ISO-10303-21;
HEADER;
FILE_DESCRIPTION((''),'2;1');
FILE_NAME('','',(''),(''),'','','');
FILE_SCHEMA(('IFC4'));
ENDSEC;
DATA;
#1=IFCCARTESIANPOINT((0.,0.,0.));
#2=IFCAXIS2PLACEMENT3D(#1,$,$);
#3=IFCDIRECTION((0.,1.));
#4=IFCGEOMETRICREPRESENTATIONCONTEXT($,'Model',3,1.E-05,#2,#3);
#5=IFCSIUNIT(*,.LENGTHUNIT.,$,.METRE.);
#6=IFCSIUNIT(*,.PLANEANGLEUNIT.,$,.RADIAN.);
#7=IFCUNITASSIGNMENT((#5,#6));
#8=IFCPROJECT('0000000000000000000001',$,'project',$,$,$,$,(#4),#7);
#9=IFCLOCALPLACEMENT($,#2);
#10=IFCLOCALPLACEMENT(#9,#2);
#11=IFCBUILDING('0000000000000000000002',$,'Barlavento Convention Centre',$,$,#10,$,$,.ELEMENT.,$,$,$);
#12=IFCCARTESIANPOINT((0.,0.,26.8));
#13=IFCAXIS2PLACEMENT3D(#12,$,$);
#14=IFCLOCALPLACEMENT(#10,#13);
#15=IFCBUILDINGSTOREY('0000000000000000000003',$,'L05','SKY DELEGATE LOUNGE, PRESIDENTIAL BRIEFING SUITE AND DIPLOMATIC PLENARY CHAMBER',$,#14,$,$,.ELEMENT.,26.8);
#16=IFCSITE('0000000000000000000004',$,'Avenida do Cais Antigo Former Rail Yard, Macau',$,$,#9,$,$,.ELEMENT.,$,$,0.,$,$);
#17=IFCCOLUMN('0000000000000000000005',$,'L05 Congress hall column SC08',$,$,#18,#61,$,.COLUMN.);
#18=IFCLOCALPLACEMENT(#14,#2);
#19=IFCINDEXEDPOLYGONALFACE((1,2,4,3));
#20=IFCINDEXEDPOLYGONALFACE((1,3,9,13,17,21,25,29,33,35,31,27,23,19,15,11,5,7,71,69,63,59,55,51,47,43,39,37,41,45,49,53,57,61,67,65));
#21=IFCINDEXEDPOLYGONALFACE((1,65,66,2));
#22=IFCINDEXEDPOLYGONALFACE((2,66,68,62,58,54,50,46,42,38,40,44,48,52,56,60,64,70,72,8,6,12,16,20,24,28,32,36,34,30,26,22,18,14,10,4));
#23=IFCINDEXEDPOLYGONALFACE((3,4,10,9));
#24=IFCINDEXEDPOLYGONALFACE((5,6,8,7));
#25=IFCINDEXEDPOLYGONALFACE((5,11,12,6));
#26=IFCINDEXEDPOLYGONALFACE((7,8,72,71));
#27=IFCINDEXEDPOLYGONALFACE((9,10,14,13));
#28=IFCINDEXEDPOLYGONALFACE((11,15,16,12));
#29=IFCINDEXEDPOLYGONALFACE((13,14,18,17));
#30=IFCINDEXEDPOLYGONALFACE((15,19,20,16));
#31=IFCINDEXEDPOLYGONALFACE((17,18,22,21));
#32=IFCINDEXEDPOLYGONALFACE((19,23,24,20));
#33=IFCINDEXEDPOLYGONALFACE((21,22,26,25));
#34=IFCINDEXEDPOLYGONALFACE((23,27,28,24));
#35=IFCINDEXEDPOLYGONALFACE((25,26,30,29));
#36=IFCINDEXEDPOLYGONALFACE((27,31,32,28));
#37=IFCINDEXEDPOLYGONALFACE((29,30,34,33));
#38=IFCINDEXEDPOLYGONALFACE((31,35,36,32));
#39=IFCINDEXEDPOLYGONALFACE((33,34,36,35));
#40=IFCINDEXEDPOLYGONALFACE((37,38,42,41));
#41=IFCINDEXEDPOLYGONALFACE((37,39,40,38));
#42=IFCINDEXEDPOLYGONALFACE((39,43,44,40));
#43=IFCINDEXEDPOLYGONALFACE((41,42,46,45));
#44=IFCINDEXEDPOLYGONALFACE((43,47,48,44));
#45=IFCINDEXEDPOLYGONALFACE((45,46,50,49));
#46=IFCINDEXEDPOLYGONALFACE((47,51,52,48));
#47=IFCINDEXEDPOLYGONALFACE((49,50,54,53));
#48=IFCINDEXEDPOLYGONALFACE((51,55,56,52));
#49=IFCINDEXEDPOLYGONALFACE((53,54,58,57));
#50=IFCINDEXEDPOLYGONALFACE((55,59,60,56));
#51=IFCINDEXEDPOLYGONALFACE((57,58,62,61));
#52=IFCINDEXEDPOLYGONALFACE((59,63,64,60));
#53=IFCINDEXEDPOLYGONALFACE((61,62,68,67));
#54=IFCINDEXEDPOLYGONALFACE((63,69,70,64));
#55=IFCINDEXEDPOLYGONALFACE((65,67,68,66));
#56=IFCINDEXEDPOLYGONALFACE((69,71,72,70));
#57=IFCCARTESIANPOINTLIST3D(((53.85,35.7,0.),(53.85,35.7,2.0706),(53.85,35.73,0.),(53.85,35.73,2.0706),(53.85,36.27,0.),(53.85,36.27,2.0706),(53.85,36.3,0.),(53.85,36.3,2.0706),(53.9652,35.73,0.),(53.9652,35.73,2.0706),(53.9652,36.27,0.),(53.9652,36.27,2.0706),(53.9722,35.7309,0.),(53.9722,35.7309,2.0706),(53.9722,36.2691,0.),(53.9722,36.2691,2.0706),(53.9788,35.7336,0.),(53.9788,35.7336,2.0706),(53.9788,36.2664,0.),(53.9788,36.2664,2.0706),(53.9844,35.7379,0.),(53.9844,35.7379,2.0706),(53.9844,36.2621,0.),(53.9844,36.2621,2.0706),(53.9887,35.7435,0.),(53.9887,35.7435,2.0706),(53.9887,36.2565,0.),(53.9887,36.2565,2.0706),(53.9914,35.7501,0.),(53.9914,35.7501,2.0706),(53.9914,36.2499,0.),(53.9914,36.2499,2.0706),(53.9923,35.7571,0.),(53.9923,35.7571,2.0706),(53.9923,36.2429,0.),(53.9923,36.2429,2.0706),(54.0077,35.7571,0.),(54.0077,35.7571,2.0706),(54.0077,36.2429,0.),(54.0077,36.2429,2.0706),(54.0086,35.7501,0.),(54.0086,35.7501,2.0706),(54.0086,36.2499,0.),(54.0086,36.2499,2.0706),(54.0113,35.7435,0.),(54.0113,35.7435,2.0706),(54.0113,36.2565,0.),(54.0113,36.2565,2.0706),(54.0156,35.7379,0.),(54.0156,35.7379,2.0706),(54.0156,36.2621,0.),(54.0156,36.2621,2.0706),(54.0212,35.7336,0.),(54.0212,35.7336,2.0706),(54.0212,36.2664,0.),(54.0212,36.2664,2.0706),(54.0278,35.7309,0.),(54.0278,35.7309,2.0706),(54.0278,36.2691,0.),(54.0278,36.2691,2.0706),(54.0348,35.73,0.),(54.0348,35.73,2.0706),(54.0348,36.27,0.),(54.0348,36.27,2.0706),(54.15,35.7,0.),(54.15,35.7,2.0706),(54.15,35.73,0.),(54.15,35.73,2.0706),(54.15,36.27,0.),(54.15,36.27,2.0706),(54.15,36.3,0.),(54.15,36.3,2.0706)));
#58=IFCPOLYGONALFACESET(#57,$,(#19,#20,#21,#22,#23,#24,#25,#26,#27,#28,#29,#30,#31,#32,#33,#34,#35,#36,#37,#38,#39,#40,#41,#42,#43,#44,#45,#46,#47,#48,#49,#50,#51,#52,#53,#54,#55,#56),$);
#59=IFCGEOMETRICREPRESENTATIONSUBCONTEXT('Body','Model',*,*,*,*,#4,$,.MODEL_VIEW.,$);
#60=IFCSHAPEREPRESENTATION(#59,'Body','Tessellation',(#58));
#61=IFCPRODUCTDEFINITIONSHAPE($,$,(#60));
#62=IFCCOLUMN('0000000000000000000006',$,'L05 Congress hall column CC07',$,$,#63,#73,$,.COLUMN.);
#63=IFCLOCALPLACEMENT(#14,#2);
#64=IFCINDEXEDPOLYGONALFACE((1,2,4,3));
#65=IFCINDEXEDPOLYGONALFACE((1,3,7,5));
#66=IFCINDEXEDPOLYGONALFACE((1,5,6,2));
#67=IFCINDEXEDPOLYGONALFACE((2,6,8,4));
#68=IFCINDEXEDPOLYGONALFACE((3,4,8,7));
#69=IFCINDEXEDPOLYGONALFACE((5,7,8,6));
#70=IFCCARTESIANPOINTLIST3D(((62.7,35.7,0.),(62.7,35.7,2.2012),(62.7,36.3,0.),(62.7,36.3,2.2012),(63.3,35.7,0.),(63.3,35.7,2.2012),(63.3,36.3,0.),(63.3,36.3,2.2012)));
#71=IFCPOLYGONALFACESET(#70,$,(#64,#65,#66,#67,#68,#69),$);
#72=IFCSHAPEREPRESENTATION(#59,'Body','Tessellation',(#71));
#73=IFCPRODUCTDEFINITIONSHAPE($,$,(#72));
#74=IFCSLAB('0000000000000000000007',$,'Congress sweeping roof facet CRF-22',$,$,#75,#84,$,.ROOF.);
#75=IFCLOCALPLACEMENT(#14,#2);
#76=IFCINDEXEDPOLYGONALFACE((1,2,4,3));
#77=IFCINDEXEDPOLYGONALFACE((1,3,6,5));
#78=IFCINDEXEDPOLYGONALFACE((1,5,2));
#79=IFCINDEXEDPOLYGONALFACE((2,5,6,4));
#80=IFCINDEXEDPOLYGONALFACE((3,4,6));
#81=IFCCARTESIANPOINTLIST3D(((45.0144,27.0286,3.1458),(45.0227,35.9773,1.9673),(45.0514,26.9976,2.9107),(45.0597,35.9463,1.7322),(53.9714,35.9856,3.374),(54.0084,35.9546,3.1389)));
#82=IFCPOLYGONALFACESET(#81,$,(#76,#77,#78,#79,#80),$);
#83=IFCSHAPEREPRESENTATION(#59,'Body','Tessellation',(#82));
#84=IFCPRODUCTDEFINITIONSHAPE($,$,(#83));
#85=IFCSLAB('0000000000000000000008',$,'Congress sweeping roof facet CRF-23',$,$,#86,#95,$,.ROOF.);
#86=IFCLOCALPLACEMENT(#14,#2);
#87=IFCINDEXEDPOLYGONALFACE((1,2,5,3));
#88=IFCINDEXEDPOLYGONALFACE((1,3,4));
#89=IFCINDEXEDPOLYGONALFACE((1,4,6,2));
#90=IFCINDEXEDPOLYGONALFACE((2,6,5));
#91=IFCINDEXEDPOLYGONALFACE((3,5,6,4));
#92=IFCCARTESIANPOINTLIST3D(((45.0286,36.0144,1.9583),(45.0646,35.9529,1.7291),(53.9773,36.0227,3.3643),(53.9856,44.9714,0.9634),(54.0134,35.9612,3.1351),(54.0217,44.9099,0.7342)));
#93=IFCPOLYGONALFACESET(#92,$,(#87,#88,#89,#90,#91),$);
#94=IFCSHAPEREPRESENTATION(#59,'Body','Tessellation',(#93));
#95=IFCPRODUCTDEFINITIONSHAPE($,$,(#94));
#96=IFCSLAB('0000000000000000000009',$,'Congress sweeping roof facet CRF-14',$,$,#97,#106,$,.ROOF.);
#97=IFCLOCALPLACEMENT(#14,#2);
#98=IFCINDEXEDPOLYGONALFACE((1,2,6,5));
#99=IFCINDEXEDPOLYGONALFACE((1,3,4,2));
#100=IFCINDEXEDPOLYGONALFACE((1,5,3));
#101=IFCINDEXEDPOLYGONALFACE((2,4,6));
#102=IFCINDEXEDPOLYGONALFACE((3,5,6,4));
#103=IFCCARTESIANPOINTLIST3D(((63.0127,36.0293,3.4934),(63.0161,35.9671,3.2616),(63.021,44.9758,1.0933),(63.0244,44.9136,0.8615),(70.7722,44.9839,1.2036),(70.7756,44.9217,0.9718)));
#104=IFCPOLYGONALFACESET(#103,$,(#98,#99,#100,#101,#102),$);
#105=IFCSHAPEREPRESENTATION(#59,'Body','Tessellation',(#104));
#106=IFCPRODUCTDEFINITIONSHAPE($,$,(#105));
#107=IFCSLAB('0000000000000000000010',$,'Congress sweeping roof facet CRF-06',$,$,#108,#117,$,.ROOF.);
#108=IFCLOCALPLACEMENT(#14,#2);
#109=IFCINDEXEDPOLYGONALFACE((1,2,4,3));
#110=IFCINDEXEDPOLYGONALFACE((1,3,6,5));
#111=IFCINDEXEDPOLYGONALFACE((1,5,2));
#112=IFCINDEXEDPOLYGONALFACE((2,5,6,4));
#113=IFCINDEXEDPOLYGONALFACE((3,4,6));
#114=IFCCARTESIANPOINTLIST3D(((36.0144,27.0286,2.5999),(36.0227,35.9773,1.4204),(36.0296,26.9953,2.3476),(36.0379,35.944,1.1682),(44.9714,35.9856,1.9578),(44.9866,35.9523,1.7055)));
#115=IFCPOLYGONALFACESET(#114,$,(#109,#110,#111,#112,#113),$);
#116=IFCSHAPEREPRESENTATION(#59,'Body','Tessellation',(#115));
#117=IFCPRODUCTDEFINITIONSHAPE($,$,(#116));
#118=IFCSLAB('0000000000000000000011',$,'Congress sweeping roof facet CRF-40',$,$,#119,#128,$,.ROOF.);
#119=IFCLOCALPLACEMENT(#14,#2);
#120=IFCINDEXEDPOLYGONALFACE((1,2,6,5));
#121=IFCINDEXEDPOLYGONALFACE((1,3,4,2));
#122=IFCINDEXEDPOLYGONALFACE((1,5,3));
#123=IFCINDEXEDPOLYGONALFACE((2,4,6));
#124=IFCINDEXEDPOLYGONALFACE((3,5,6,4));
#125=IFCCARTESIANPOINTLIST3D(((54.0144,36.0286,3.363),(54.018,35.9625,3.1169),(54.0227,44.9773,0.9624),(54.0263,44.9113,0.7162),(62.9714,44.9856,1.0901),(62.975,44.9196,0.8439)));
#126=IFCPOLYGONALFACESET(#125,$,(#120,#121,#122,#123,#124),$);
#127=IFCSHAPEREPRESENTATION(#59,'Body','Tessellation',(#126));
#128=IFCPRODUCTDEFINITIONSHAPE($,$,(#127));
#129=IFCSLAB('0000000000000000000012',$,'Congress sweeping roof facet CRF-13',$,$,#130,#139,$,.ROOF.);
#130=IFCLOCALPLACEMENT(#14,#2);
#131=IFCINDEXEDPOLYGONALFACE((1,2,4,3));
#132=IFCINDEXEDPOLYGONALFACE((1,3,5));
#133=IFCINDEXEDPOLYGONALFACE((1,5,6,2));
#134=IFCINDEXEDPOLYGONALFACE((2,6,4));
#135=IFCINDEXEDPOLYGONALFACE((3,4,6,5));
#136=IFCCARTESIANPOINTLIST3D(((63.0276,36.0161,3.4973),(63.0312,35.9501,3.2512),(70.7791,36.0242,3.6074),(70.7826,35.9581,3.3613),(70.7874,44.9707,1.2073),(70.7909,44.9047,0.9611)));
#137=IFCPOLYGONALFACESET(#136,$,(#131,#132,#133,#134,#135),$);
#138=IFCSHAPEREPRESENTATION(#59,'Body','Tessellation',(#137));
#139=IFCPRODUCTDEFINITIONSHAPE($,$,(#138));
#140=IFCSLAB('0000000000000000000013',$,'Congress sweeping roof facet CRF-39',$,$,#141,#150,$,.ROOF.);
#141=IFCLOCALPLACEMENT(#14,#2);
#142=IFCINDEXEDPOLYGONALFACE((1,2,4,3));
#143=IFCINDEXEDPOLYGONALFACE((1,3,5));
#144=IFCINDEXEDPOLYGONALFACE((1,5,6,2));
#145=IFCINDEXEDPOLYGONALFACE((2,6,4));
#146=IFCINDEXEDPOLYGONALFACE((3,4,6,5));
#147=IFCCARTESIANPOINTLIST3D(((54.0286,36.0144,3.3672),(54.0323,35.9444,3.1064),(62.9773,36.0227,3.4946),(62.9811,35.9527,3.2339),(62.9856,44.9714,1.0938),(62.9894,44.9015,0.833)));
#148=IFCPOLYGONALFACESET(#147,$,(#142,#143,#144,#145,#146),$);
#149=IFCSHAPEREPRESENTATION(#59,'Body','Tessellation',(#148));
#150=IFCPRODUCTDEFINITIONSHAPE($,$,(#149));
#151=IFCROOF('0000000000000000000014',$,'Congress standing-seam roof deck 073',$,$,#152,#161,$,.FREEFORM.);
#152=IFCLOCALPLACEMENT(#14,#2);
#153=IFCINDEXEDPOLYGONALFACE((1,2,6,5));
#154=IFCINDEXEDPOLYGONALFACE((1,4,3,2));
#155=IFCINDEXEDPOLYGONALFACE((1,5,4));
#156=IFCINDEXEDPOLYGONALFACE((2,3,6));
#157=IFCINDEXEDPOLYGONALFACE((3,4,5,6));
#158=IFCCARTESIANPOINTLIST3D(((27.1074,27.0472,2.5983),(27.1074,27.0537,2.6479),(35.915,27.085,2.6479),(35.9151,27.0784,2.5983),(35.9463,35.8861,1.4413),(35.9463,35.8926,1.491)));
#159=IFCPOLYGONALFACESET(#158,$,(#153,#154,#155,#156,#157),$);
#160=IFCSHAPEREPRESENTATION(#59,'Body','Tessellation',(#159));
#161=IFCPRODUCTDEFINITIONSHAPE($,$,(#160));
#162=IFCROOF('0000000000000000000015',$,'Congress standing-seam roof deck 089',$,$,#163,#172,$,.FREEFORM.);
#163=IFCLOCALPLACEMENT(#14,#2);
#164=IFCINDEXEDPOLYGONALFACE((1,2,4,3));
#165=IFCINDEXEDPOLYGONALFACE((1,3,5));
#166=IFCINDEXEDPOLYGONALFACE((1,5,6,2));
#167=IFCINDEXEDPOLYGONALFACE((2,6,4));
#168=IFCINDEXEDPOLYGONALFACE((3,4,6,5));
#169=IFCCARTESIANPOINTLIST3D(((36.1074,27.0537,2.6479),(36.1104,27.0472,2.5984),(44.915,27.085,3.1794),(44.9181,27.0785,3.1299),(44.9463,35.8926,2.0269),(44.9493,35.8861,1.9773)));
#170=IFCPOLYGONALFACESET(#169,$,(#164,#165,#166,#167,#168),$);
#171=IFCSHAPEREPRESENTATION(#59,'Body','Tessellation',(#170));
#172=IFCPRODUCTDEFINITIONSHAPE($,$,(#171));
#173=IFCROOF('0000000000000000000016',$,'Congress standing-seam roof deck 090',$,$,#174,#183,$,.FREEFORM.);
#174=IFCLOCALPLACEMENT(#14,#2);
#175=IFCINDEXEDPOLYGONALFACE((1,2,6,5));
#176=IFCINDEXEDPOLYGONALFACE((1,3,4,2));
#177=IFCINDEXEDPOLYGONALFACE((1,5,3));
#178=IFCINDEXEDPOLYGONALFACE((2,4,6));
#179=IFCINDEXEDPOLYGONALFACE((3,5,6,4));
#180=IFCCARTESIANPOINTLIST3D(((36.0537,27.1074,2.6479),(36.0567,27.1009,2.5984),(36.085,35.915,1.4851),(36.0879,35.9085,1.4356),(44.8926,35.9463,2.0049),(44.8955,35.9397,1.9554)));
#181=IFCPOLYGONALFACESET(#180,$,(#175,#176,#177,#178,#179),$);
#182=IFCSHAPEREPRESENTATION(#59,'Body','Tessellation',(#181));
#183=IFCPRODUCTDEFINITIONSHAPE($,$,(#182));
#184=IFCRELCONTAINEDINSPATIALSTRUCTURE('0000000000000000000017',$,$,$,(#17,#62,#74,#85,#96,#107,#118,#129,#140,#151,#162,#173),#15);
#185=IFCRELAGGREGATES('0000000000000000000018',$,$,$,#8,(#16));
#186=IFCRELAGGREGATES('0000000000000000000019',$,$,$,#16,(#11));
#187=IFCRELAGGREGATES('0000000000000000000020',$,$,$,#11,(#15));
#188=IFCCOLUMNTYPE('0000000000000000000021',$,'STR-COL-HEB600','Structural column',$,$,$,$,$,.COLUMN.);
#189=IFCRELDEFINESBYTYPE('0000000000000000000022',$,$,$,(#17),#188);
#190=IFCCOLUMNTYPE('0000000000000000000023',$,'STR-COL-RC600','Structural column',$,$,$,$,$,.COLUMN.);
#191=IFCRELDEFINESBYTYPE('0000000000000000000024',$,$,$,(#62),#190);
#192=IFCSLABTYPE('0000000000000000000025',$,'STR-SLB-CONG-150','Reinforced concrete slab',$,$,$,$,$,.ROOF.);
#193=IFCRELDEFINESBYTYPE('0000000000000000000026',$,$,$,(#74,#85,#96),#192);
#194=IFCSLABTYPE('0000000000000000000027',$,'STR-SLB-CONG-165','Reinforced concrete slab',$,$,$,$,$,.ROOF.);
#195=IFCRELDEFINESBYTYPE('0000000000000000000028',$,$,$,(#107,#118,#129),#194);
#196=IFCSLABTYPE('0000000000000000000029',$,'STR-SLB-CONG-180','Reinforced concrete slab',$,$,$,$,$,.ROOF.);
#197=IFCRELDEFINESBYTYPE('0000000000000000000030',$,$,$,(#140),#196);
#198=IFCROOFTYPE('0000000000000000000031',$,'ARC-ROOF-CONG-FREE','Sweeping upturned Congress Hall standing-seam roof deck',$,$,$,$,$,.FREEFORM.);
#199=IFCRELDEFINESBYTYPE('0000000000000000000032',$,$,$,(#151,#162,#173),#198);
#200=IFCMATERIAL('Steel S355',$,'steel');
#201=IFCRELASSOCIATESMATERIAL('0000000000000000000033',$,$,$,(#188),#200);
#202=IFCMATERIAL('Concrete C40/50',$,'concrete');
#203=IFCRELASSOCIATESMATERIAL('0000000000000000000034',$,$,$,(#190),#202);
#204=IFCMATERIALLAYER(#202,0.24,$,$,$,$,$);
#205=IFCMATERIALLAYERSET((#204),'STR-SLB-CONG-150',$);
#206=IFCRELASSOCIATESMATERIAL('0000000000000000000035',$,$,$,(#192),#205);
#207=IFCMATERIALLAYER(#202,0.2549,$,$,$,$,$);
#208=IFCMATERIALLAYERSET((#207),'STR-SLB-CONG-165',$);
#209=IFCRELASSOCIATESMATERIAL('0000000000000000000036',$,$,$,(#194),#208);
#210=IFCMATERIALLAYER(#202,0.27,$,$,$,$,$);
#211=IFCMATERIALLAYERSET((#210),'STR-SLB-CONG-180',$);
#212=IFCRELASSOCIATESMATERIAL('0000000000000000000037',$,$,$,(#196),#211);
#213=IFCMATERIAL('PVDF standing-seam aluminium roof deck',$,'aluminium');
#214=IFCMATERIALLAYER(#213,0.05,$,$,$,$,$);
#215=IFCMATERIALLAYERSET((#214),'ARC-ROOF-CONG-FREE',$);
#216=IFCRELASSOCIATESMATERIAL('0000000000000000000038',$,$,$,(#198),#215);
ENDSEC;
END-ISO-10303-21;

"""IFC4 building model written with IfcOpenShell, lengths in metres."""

from ifc_helpers import new_model, si_unit, direction, frame, origin, origin_2d, place, context, subcontext, project, spatial, polyline, rectangle, i_section, outline, extrude, material, layer, layer_set, material_profile, profile_set, type_object, element, save


model = new_model("IFC4")

# Units and contexts
model_context = context("Model", 3, precision=1e-05, world=origin(), true_north=direction((0.0, 1.0)))
body_context = subcontext(model_context, "Body", "Model", "MODEL_VIEW")
ifc_project = project(units=[si_unit("LENGTHUNIT", "METRE"), si_unit("PLANEANGLEUNIT", "RADIAN")], contexts=[model_context])

# Site, building, storey
site_placement = place(None, origin())
site = spatial("IfcSite", under=ifc_project, at=site_placement, Name="Avenida do Cais Antigo Former Rail Yard, Macau", CompositionType="ELEMENT", RefElevation=0.0)
building_placement = place(site_placement, origin())
building = spatial("IfcBuilding", under=site, at=building_placement, Name="Barlavento Convention Centre", CompositionType="ELEMENT")
storey_placement = place(building_placement, frame((0.0, 0.0, 26.8)))
storey = spatial("IfcBuildingStorey", under=building, at=storey_placement, Name="L05", Description="SKY DELEGATE LOUNGE, PRESIDENTIAL BRIEFING SUITE AND DIPLOMATIC PLENARY CHAMBER", CompositionType="ELEMENT", Elevation=26.8)

# Columns
ifc_material_1 = material(Name="Steel S355", Category="steel")
ifc_material_profile_1 = material_profile(ifc_material_1, i_section(OverallWidth=0.3, OverallDepth=0.6001, WebThickness=0.0154, FlangeThickness=0.03, FilletRadius=0.0271, at=origin_2d()), Name="HEB 600")
ifc_profile_set_1 = profile_set([ifc_material_profile_1], Name="Steel S355")
column_type_1 = type_object("IfcColumnType", Name="STR-COL-HEB600", Description="Structural column", PredefinedType="COLUMN", material=ifc_profile_set_1)
column_1_placement = place(storey_placement, frame((54.0, 36.0, 0.0), z_axis=(0.0, 0.0, 1.0), x_axis=(1.0, 0.0, 0.0)))
element("IfcColumn", 1, at=column_1_placement, inside=storey, type_object=column_type_1, Name="L05 Congress hall column SC08", PredefinedType="COLUMN", context=body_context, shape_type="SweptSolid", body=[
    extrude(i_section(OverallWidth=0.3, OverallDepth=0.6001, WebThickness=0.0154, FlangeThickness=0.03, FilletRadius=0.0271, at=origin_2d()), origin(), (0.0, 0.0, 1.0), 2.0706),
])
ifc_material_2 = material(Name="Concrete C40/50", Category="concrete")
ifc_material_profile_2 = material_profile(ifc_material_2, rectangle(XDim=0.6001, YDim=0.6001, at=origin_2d()), Name="RC 600x600")
ifc_profile_set_2 = profile_set([ifc_material_profile_2], Name="Concrete C40/50")
column_type_2 = type_object("IfcColumnType", Name="STR-COL-RC600", Description="Structural column", PredefinedType="COLUMN", material=ifc_profile_set_2)
column_2_placement = place(storey_placement, frame((63.0, 36.0, 0.0), z_axis=(0.0, 0.0, 1.0), x_axis=(1.0, 0.0, 0.0)))
element("IfcColumn", 2, at=column_2_placement, inside=storey, type_object=column_type_2, Name="L05 Congress hall column CC07", PredefinedType="COLUMN", context=body_context, shape_type="SweptSolid", body=[
    extrude(rectangle(XDim=0.6001, YDim=0.6001, at=origin_2d()), origin(), (0.0, 0.0, 1.0), 2.2012),
])

# Slabs
ifc_layer_1 = layer(ifc_material_2, 0.24)
ifc_layer_set_1 = layer_set([ifc_layer_1], Name="STR-SLB-CONG-150")
slab_type_1 = type_object("IfcSlabType", Name="STR-SLB-CONG-150", Description="Reinforced concrete slab", PredefinedType="ROOF", material=ifc_layer_set_1)
slab_1_placement = place(storey_placement, frame((45.0144, 27.0286, 3.1458), z_axis=(-0.154109, 0.129144, 0.979578), x_axis=(0.706992, 0.706992, 0.018018)))
element("IfcSlab", 3, at=slab_1_placement, inside=storey, type_object=slab_type_1, Name="Congress sweeping roof facet CRF-22", PredefinedType="ROOF", context=body_context, shape_type="SweptSolid", body=[
    extrude(outline(polyline([(0.0, 0.0), (12.6692, 0.0), (6.3113, 6.4526), (0.0, 0.0)])), origin(), (0.0, 0.0, -1.0), 0.24),
])
slab_2_placement = place(storey_placement, frame((45.0286, 36.0144, 1.9583), z_axis=(-0.150261, 0.256317, 0.954842), x_axis=(0.98788, 0.000916, 0.155214)))
element("IfcSlab", 4, at=slab_2_placement, inside=storey, type_object=slab_type_1, Name="Congress sweeping roof facet CRF-23", PredefinedType="ROOF", context=body_context, shape_type="SweptSolid", body=[
    extrude(outline(polyline([(0.0, 0.0), (9.0585, 0.0), (8.7023, 9.2584), (0.0, 0.0)])), origin(), (0.0, 0.0, -1.0), 0.24),
])
slab_3_placement = place(storey_placement, frame((63.0127, 36.0293, 3.4934), z_axis=(-0.014018, 0.259101, 0.965749), x_axis=(0.64298, 0.742008, -0.18974)))
element("IfcSlab", 5, at=slab_3_placement, inside=storey, type_object=slab_type_1, Name="Congress sweeping roof facet CRF-14", PredefinedType="ROOF", context=body_context, shape_type="SweptSolid", body=[
    extrude(outline(polyline([(0.0, 0.0), (12.0681, 0.0), (7.0991, 5.9501), (0.0, 0.0)])), origin(), (0.0, 0.0, -1.0), 0.24),
])
ifc_layer_2 = layer(ifc_material_2, 0.2549)
ifc_layer_set_2 = layer_set([ifc_layer_2], Name="STR-SLB-CONG-165")
slab_type_2 = type_object("IfcSlabType", Name="STR-SLB-CONG-165", Description="Reinforced concrete slab", PredefinedType="ROOF", material=ifc_layer_set_2)
slab_4_placement = place(storey_placement, frame((36.0144, 27.0286, 2.5999), z_axis=(-0.059548, 0.130492, 0.989659), x_axis=(0.7062, 0.7062, -0.050624)))
element("IfcSlab", 6, at=slab_4_placement, inside=storey, type_object=slab_type_2, Name="Congress sweeping roof facet CRF-06", PredefinedType="ROOF", context=body_context, shape_type="SweptSolid", body=[
    extrude(outline(polyline([(0.0, 0.0), (12.6834, 0.0), (6.3852, 6.3797), (0.0, 0.0)])), origin(), (0.0, 0.0, -1.0), 0.2549),
])
slab_5_placement = place(storey_placement, frame((54.0144, 36.0286, 3.363), z_axis=(-0.01402, 0.259091, 0.965751), x_axis=(0.695991, 0.695991, -0.176616)))
element("IfcSlab", 7, at=slab_5_placement, inside=storey, type_object=slab_type_2, Name="Congress sweeping roof facet CRF-40", PredefinedType="ROOF", context=body_context, shape_type="SweptSolid", body=[
    extrude(outline(polyline([(0.0, 0.0), (12.8695, 0.0), (6.658, 6.4431), (0.0, 0.0)])), origin(), (0.0, 0.0, -1.0), 0.2549),
])
slab_6_placement = place(storey_placement, frame((63.0276, 36.0161, 3.4973), z_axis=(-0.013987, 0.259101, 0.965749), x_axis=(0.999899, 0.001039, 0.014203)))
element("IfcSlab", 8, at=slab_6_placement, inside=storey, type_object=slab_type_2, Name="Congress sweeping roof facet CRF-13", PredefinedType="ROOF", context=body_context, shape_type="SweptSolid", body=[
    extrude(outline(polyline([(0.0, 0.0), (7.7523, 0.0), (7.7358, 9.2629), (0.0, 0.0)])), origin(), (0.0, 0.0, -1.0), 0.2549),
])
ifc_layer_3 = layer(ifc_material_2, 0.27)
ifc_layer_set_3 = layer_set([ifc_layer_3], Name="STR-SLB-CONG-180")
slab_type_3 = type_object("IfcSlabType", Name="STR-SLB-CONG-180", Description="Reinforced concrete slab", PredefinedType="ROOF", material=ifc_layer_set_3)
slab_7_placement = place(storey_placement, frame((54.0286, 36.0144, 3.3672), z_axis=(-0.013994, 0.259115, 0.965745), x_axis=(0.999898, 0.000927, 0.01424)))
element("IfcSlab", 9, at=slab_7_placement, inside=storey, type_object=slab_type_3, Name="Congress sweeping roof facet CRF-39", PredefinedType="ROOF", context=body_context, shape_type="SweptSolid", body=[
    extrude(outline(polyline([(0.0, 0.0), (8.9496, 0.0), (8.9321, 9.2652), (0.0, 0.0)])), origin(), (0.0, 0.0, -1.0), 0.27),
])

# Roofs
ifc_material_3 = material(Name="PVDF standing-seam aluminium roof deck", Category="aluminium")
ifc_layer_4 = layer(ifc_material_3, 0.05)
ifc_layer_set_4 = layer_set([ifc_layer_4], Name="ARC-ROOF-CONG-FREE")
roof_type = type_object("IfcRoofType", Name="ARC-ROOF-CONG-FREE", Description="Sweeping upturned Congress Hall standing-seam roof deck", PredefinedType="FREEFORM", material=ifc_layer_set_4)
roof_1_placement = place(storey_placement, frame((27.1074, 27.0537, 2.6479), z_axis=(-0.000462, 0.130244, 0.991482), x_axis=(0.999994, 0.003548, 0.0)))
element("IfcRoof", 10, at=roof_1_placement, inside=storey, type_object=roof_type, Name="Congress standing-seam roof deck 073", PredefinedType="FREEFORM", context=body_context, shape_type="SweptSolid", body=[
    extrude(outline(polyline([(0.0, 0.0), (8.8077, 0.0), (8.8702, 8.8831), (0.0, 0.0)])), origin(), (0.0, 0.0, -1.0), 0.05),
])
roof_2_placement = place(storey_placement, frame((36.1074, 27.0537, 2.6479), z_axis=(-0.060185, 0.129731, 0.989721), x_axis=(0.998178, 0.003542, 0.060235)))
element("IfcRoof", 11, at=roof_2_placement, inside=storey, type_object=roof_type, Name="Congress standing-seam roof deck 089", PredefinedType="FREEFORM", context=body_context, shape_type="SweptSolid", body=[
    extrude(outline(polyline([(0.0, 0.0), (8.8237, 0.0), (8.8167, 8.8828), (0.0, 0.0)])), origin(), (0.0, 0.0, -1.0), 0.05),
])
roof_3_placement = place(storey_placement, frame((36.0537, 27.1074, 2.6479), z_axis=(-0.058868, 0.130869, 0.98965), x_axis=(0.706173, 0.706173, -0.051377)))
element("IfcRoof", 12, at=roof_3_placement, inside=storey, type_object=roof_type, Name="Congress standing-seam roof deck 090", PredefinedType="FREEFORM", context=body_context, shape_type="SweptSolid", body=[
    extrude(outline(polyline([(0.0, 0.0), (12.5166, 0.0), (6.3015, 6.2624), (0.0, 0.0)])), origin(), (0.0, 0.0, -1.0), 0.05),
])

save(model, "model.ifc")
